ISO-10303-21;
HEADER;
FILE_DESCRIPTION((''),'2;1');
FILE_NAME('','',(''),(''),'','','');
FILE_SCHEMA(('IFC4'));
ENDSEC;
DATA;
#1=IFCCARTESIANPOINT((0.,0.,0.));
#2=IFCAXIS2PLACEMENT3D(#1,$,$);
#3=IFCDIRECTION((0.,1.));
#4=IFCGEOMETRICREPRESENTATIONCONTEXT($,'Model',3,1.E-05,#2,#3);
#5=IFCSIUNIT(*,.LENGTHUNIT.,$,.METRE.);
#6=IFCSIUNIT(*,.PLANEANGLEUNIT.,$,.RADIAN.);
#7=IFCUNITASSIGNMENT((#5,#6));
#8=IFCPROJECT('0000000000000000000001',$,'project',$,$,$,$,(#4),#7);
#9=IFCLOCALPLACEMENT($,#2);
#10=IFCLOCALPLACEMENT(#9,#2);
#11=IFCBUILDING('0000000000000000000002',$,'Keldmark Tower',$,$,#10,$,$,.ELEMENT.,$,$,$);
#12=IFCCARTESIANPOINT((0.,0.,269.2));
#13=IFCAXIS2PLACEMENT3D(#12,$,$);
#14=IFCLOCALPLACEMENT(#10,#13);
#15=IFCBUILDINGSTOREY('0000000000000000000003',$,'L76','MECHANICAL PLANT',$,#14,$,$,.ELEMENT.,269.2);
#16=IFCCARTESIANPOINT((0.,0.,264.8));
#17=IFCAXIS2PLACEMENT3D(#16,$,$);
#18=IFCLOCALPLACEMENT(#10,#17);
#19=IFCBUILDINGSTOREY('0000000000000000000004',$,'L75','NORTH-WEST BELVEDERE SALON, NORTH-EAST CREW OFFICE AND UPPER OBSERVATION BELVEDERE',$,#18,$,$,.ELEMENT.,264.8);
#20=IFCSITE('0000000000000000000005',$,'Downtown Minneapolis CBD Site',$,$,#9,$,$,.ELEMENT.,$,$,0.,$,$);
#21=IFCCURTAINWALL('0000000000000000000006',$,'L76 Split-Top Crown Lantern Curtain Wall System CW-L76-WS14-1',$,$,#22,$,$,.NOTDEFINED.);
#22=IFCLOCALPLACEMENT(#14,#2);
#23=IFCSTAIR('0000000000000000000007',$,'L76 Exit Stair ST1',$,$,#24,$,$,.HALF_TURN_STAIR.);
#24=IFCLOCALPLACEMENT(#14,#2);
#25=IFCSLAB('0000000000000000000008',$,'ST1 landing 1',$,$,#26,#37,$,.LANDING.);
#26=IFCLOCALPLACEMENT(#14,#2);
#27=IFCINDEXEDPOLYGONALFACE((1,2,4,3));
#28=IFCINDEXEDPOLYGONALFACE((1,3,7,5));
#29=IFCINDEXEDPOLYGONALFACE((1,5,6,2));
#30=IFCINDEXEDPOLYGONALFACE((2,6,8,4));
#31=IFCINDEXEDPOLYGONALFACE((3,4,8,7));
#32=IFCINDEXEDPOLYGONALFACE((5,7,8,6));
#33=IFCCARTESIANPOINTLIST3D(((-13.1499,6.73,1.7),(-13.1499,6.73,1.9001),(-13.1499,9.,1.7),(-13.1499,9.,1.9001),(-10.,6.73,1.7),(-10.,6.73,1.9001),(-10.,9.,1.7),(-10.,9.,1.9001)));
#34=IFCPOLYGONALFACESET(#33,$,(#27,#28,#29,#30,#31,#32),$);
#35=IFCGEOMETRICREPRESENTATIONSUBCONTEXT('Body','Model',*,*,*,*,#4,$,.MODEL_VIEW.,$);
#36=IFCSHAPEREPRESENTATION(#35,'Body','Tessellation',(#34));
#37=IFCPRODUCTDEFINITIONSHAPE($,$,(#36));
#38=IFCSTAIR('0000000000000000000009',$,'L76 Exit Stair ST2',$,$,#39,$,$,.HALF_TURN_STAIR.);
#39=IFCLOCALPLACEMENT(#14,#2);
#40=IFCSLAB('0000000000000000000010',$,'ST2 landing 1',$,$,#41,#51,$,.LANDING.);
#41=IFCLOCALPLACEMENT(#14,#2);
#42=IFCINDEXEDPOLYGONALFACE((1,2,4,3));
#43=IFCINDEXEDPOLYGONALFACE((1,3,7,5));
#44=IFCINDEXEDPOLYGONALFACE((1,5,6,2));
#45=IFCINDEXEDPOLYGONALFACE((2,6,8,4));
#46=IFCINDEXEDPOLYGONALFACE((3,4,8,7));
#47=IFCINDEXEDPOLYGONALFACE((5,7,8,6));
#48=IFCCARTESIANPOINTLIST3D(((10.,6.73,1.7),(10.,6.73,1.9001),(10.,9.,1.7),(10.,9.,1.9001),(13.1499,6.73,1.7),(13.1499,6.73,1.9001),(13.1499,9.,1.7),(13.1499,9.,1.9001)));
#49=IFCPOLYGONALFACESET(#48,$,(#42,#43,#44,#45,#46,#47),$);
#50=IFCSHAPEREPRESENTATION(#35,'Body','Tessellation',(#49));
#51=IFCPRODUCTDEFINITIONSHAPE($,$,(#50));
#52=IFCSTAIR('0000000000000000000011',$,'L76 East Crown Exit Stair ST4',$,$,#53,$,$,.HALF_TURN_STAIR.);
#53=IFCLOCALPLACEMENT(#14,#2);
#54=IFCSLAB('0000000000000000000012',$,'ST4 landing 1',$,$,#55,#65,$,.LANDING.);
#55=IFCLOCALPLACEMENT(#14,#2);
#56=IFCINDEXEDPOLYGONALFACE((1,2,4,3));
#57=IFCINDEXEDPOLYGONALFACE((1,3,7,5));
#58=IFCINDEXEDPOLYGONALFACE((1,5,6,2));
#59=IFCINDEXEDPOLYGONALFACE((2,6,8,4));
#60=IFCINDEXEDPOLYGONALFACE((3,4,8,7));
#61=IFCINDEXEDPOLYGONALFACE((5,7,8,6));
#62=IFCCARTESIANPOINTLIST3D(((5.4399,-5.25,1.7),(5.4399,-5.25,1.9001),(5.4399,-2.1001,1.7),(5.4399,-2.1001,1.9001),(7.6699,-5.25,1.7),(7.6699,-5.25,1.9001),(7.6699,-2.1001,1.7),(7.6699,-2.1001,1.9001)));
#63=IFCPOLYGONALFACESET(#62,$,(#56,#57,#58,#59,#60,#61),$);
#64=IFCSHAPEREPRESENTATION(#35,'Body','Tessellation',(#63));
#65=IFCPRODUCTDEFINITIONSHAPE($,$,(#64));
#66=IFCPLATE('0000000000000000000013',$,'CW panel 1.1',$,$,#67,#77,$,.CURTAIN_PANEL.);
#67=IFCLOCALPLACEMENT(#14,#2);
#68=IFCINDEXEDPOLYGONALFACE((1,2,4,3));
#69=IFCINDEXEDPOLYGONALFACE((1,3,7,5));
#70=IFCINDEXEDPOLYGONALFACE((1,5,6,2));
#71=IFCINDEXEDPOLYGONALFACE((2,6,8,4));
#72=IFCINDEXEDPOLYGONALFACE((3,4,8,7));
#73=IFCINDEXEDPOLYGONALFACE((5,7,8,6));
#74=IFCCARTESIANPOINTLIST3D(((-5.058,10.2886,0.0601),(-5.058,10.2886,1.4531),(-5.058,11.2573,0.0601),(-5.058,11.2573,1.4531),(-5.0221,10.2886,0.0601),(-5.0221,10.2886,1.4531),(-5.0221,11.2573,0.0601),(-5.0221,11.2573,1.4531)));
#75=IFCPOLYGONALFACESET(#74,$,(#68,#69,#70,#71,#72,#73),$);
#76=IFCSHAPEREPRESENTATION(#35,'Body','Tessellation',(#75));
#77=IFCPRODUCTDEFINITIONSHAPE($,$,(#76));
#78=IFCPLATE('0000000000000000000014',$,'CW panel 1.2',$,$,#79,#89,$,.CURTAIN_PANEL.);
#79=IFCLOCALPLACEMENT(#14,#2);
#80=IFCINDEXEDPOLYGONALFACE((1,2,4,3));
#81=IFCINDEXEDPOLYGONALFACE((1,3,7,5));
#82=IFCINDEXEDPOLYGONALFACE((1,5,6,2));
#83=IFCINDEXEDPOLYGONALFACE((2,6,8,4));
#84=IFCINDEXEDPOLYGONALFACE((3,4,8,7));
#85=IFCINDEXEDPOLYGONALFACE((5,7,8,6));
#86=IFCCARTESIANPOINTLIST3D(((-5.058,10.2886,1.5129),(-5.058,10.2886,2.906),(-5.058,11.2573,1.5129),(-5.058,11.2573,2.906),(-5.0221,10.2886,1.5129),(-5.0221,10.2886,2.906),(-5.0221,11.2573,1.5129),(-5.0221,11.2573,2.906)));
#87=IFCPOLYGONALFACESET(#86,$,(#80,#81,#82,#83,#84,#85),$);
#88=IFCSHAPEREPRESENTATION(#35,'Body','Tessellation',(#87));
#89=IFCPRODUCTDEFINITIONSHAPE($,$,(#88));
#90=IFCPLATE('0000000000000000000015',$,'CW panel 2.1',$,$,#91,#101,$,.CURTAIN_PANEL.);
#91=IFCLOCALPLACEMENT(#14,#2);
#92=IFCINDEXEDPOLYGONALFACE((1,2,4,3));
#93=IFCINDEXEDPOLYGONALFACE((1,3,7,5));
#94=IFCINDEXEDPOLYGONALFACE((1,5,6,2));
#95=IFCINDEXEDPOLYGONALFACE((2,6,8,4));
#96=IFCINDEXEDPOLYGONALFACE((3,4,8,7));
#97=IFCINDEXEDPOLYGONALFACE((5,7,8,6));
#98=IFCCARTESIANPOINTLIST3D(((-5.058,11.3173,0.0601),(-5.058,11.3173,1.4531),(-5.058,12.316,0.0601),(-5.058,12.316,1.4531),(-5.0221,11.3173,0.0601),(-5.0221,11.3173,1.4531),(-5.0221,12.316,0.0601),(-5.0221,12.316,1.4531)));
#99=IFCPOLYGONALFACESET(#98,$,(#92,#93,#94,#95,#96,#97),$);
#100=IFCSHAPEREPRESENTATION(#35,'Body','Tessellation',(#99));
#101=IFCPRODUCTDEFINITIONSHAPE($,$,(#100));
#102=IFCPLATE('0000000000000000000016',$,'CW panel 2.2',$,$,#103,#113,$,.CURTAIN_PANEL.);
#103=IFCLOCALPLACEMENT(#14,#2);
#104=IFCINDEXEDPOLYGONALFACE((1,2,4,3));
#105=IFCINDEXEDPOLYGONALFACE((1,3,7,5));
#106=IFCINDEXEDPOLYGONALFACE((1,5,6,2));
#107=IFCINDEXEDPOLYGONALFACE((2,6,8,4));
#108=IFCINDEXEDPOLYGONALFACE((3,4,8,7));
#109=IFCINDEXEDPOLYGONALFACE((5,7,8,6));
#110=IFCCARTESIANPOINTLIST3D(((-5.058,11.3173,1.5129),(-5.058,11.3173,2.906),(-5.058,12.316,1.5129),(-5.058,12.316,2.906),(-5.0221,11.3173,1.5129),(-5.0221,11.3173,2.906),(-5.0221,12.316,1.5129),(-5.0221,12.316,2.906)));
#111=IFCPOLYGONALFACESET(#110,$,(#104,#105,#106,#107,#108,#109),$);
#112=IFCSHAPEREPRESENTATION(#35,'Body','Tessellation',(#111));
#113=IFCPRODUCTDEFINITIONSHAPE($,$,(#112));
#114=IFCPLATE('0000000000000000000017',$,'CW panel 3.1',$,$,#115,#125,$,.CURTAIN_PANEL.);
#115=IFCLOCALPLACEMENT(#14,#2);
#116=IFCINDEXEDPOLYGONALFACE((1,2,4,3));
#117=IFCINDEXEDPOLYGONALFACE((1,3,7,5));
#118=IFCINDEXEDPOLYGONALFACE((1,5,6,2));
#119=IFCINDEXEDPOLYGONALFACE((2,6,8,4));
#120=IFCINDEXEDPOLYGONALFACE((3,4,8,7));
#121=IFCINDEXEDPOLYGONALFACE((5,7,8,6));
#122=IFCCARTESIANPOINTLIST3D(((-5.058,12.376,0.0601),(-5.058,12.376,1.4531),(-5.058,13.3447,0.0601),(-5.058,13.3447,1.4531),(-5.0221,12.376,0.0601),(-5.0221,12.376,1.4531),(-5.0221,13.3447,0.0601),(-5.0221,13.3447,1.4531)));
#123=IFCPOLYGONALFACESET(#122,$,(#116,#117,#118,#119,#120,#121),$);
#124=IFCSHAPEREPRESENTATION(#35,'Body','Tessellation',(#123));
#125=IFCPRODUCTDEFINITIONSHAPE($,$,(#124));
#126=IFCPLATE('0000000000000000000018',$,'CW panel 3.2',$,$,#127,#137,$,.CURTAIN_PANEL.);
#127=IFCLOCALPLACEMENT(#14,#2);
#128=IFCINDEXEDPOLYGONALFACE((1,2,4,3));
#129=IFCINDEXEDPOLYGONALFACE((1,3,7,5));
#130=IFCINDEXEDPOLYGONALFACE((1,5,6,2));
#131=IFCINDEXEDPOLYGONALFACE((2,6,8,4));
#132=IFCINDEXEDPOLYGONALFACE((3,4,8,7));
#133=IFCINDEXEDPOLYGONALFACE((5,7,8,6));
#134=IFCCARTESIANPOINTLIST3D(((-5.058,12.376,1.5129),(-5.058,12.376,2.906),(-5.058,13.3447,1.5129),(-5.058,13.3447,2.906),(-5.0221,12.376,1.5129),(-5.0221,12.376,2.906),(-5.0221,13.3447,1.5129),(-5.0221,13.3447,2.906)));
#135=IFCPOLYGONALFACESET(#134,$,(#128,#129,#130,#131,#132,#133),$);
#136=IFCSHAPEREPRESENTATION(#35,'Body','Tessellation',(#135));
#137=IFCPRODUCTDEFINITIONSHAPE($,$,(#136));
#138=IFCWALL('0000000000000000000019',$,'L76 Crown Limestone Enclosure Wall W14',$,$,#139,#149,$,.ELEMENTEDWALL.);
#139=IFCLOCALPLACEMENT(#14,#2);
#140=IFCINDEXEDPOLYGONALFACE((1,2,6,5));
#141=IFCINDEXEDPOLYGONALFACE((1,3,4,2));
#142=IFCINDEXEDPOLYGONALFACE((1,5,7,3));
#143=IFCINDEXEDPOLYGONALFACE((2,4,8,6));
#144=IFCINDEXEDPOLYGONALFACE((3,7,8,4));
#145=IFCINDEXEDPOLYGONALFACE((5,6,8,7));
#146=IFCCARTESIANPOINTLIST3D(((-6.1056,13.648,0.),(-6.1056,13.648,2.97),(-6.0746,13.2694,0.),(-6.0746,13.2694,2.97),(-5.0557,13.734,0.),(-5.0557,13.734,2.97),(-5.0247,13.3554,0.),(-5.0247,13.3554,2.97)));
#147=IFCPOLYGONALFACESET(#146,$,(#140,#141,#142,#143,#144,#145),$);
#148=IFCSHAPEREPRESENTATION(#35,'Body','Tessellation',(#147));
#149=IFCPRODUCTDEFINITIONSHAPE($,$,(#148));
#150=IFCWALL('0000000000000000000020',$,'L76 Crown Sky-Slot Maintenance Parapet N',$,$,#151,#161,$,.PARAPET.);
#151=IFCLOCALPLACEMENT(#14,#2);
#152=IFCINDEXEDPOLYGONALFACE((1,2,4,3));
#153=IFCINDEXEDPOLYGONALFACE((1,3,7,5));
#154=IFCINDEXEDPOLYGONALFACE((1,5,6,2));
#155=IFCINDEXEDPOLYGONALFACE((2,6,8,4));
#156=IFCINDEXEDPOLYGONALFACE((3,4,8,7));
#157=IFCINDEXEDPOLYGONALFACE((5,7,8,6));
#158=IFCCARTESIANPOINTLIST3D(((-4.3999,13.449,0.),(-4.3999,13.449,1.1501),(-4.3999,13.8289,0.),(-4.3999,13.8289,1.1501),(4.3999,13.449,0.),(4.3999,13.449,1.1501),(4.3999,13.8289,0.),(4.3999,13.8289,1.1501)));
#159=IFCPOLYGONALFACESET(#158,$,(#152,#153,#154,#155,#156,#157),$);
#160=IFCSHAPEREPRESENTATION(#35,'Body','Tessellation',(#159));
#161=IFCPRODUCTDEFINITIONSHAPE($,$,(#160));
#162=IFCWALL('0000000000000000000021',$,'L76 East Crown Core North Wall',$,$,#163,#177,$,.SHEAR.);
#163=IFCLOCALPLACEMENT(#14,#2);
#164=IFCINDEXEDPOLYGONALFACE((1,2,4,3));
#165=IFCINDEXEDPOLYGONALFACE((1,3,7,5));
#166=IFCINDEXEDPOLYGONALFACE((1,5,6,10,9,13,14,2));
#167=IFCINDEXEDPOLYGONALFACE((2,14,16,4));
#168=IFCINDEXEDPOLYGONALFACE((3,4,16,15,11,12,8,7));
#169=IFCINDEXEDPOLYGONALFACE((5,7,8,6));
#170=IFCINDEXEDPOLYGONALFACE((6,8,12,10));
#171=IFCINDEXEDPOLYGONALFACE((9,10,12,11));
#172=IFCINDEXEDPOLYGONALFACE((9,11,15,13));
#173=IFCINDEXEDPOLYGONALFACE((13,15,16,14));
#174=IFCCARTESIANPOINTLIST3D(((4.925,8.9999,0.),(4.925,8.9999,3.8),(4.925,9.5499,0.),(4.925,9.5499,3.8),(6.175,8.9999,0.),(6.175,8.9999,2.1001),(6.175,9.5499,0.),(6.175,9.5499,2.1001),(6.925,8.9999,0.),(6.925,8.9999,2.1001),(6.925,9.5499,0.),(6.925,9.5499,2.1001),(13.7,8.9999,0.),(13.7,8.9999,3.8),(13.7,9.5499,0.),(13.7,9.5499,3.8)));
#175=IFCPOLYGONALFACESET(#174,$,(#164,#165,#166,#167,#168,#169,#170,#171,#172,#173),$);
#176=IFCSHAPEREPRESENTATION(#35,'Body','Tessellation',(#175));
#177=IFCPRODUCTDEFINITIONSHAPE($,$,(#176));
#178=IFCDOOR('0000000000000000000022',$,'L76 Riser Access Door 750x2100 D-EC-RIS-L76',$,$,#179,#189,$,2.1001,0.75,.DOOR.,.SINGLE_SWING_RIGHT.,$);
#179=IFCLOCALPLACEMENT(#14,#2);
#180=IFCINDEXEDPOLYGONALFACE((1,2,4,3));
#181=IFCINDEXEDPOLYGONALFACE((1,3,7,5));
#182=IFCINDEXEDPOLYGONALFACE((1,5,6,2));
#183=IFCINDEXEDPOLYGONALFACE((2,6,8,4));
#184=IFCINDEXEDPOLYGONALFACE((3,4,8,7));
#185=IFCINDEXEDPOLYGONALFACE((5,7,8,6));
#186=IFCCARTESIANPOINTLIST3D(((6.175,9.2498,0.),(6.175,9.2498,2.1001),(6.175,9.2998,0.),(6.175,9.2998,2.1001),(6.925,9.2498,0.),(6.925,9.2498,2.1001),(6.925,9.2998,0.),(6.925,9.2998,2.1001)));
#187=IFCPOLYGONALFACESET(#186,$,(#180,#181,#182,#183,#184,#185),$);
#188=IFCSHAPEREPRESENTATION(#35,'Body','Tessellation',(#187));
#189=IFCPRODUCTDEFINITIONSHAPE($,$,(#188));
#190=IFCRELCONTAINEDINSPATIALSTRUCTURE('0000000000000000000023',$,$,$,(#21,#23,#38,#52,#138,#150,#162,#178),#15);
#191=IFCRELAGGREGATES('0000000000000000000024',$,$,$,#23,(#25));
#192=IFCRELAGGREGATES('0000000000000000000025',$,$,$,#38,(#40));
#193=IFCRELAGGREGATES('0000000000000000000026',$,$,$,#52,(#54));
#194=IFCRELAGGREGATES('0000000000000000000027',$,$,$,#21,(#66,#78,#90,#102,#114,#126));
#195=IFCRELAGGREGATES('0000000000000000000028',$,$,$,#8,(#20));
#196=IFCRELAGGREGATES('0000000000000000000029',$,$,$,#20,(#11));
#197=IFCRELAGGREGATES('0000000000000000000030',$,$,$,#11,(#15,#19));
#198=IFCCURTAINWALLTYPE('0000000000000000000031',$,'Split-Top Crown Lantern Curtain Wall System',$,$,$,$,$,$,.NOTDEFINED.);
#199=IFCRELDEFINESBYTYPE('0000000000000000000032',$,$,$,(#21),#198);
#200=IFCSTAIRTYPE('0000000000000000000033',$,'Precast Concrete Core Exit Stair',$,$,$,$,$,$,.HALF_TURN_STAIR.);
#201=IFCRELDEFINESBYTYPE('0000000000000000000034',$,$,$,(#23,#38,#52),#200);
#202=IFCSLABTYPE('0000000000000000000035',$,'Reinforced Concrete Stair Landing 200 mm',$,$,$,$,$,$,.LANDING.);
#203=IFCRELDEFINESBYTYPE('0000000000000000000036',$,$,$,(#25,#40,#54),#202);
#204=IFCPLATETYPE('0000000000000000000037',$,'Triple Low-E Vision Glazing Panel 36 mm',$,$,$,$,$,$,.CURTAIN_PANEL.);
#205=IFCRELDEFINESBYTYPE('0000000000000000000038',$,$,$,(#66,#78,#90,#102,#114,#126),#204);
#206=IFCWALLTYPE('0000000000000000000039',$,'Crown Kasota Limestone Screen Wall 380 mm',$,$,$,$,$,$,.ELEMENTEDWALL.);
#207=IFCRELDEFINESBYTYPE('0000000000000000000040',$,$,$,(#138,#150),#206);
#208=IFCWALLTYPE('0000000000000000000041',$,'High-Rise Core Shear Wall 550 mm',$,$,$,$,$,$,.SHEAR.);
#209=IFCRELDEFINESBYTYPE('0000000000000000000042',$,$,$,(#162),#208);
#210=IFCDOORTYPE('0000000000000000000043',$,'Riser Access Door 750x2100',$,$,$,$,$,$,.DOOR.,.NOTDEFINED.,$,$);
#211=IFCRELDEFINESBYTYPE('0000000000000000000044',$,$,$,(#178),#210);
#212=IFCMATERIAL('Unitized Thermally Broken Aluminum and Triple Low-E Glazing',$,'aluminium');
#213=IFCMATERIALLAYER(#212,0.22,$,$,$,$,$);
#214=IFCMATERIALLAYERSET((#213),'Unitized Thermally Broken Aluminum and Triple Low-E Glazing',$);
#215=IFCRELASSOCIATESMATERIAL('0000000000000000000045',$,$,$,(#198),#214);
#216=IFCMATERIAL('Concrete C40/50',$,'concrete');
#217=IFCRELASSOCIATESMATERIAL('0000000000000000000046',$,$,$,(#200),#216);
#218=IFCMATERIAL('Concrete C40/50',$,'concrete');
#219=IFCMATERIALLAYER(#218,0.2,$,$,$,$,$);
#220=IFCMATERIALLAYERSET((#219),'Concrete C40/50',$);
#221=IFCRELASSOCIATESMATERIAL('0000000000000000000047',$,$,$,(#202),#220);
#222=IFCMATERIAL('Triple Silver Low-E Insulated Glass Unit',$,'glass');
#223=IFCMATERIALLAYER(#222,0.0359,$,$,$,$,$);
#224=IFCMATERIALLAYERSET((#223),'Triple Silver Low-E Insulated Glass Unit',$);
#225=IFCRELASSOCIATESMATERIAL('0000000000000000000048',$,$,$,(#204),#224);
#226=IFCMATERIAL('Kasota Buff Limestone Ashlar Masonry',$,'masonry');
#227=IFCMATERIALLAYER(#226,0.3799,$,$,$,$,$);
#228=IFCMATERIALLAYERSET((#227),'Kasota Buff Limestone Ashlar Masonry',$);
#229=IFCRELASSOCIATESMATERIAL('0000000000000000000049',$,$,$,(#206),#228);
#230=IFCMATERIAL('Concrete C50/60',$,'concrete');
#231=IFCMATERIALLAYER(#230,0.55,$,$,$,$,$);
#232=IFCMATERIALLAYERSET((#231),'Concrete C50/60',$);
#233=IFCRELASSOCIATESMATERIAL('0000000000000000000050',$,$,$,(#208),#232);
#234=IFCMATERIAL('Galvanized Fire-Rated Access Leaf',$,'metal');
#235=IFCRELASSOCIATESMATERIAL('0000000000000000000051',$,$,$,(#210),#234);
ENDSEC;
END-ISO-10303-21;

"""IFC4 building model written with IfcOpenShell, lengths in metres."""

from ifc_helpers import new_model, si_unit, direction, frame, frame_2d, origin, origin_2d, place, context, subcontext, project, spatial, polyline, rectangle, outline, extrude, material, layer, layer_set, type_object, element, fill, aggregate, save


model = new_model("IFC4")

# Units and contexts
model_context = context("Model", 3, precision=1e-05, world=origin(), true_north=direction((0.0, 1.0)))
body_context = subcontext(model_context, "Body", "Model", "MODEL_VIEW")
ifc_project = project(units=[si_unit("LENGTHUNIT", "METRE"), si_unit("PLANEANGLEUNIT", "RADIAN")], contexts=[model_context])

# Site, building, storey
site_placement = place(None, origin())
site = spatial("IfcSite", under=ifc_project, at=site_placement, Name="Downtown Minneapolis CBD Site", CompositionType="ELEMENT", RefElevation=0.0)
building_placement = place(site_placement, origin())
building = spatial("IfcBuilding", under=site, at=building_placement, Name="Keldmark Tower", CompositionType="ELEMENT")
storey_1_placement = place(building_placement, frame((0.0, 0.0, 269.2)))
storey_1 = spatial("IfcBuildingStorey", under=building, at=storey_1_placement, Name="L76", Description="MECHANICAL PLANT", CompositionType="ELEMENT", Elevation=269.2)

# Curtain wall
ifc_material_1 = material(Name="Unitized Thermally Broken Aluminum and Triple Low-E Glazing", Category="aluminium")
ifc_layer_1 = layer(ifc_material_1, 0.22)
ifc_layer_set_1 = layer_set([ifc_layer_1], Name="Unitized Thermally Broken Aluminum and Triple Low-E Glazing")
curtain_wall_type = type_object("IfcCurtainWallType", Name="Split-Top Crown Lantern Curtain Wall System", PredefinedType="NOTDEFINED", material=ifc_layer_set_1)
curtain_wall_placement = place(storey_1_placement, origin())
curtain_wall = element("IfcCurtainWall", 1, at=curtain_wall_placement, inside=storey_1, type_object=curtain_wall_type, Name="L76 Split-Top Crown Lantern Curtain Wall System CW-L76-WS14-1", PredefinedType="NOTDEFINED")

# Shared definitions
storey_2_placement = place(building_placement, frame((0.0, 0.0, 264.8)))
storey_2 = spatial("IfcBuildingStorey", under=building, at=storey_2_placement, Name="L75", Description="NORTH-WEST BELVEDERE SALON, NORTH-EAST CREW OFFICE AND UPPER OBSERVATION BELVEDERE", CompositionType="ELEMENT", Elevation=264.8)

# Stairs, slabs
ifc_material_2 = material(Name="Concrete C40/50", Category="concrete")
stair_type = type_object("IfcStairType", Name="Precast Concrete Core Exit Stair", PredefinedType="HALF_TURN_STAIR", material=ifc_material_2)
stair_1_placement = place(storey_1_placement, origin())
stair_1 = element("IfcStair", 2, at=stair_1_placement, inside=storey_1, type_object=stair_type, Name="L76 Exit Stair ST1", PredefinedType="HALF_TURN_STAIR")
ifc_material_3 = material(Name="Concrete C40/50", Category="concrete")
ifc_layer_2 = layer(ifc_material_3, 0.2)
ifc_layer_set_2 = layer_set([ifc_layer_2], Name="Concrete C40/50")
slab_type_1 = type_object("IfcSlabType", Name="Reinforced Concrete Stair Landing 200 mm", PredefinedType="LANDING", material=ifc_layer_set_2)
slab_1_placement = place(storey_1_placement, frame((0.0, 0.0, 1.7)))
slab_1 = element("IfcSlab", 3, at=slab_1_placement, type_object=slab_type_1, Name="ST1 landing 1", PredefinedType="LANDING", context=body_context, shape_type="SweptSolid", body=[
    extrude(outline(polyline([(-10.0, 6.73), (-10.0, 9.0), (-13.1499, 9.0), (-13.1499, 6.73), (-10.0, 6.73)])), origin(), (0.0, 0.0, 1.0), 0.2002),
])
aggregate(stair_1, [slab_1])
stair_2_placement = place(storey_1_placement, origin())
stair_2 = element("IfcStair", 4, at=stair_2_placement, inside=storey_1, type_object=stair_type, Name="L76 Exit Stair ST2", PredefinedType="HALF_TURN_STAIR")
slab_2_placement = place(storey_1_placement, frame((0.0, 0.0, 1.7)))
slab_2 = element("IfcSlab", 5, at=slab_2_placement, type_object=slab_type_1, Name="ST2 landing 1", PredefinedType="LANDING", context=body_context, shape_type="SweptSolid", body=[
    extrude(outline(polyline([(13.1499, 6.73), (13.1499, 9.0), (10.0, 9.0), (10.0, 6.73), (13.1499, 6.73)])), origin(), (0.0, 0.0, 1.0), 0.2002),
])
aggregate(stair_2, [slab_2])
stair_3_placement = place(storey_1_placement, origin())
stair_3 = element("IfcStair", 6, at=stair_3_placement, inside=storey_1, type_object=stair_type, Name="L76 East Crown Exit Stair ST4", PredefinedType="HALF_TURN_STAIR")
slab_3_placement = place(storey_1_placement, frame((0.0, 0.0, 1.7)))
slab_3 = element("IfcSlab", 7, at=slab_3_placement, type_object=slab_type_1, Name="ST4 landing 1", PredefinedType="LANDING", context=body_context, shape_type="SweptSolid", body=[
    extrude(outline(polyline([(7.6699, -2.1001), (5.4399, -2.1001), (5.4399, -5.25), (7.6699, -5.25), (7.6699, -2.1001)])), origin(), (0.0, 0.0, 1.0), 0.2002),
])
aggregate(stair_3, [slab_3])

# Plates
ifc_material_4 = material(Name="Triple Silver Low-E Insulated Glass Unit", Category="glass")
ifc_layer_3 = layer(ifc_material_4, 0.0359)
ifc_layer_set_3 = layer_set([ifc_layer_3], Name="Triple Silver Low-E Insulated Glass Unit")
plate_type_1 = type_object("IfcPlateType", Name="Triple Low-E Vision Glazing Panel 36 mm", PredefinedType="CURTAIN_PANEL", material=ifc_layer_set_3)
plate_1_placement = place(storey_1_placement, frame((-5.04, 10.7729, 0.0601), z_axis=(0.0, 0.0, 1.0), x_axis=(0.0, 1.0, 0.0)))
plate_1 = element("IfcPlate", 8, at=plate_1_placement, type_object=plate_type_1, Name="CW panel 1.1", PredefinedType="CURTAIN_PANEL", context=body_context, shape_type="SweptSolid", body=[
    extrude(rectangle(XDim=0.9688, YDim=0.0359, at=origin_2d()), origin(), (0.0, 0.0, 1.0), 1.3931),
])
plate_2_placement = place(storey_1_placement, frame((-5.04, 10.7729, 1.5129), z_axis=(0.0, 0.0, 1.0), x_axis=(0.0, 1.0, 0.0)))
plate_2 = element("IfcPlate", 9, at=plate_2_placement, type_object=plate_type_1, Name="CW panel 1.2", PredefinedType="CURTAIN_PANEL", context=body_context, shape_type="SweptSolid", body=[
    extrude(rectangle(XDim=0.9688, YDim=0.0359, at=origin_2d()), origin(), (0.0, 0.0, 1.0), 1.3931),
])
plate_3_placement = place(storey_1_placement, frame((-5.04, 11.8167, 0.0601), z_axis=(0.0, 0.0, 1.0), x_axis=(0.0, 1.0, 0.0)))
plate_3 = element("IfcPlate", 10, at=plate_3_placement, type_object=plate_type_1, Name="CW panel 2.1", PredefinedType="CURTAIN_PANEL", context=body_context, shape_type="SweptSolid", body=[
    extrude(rectangle(XDim=0.9988, YDim=0.0359, at=origin_2d()), origin(), (0.0, 0.0, 1.0), 1.3931),
])
plate_4_placement = place(storey_1_placement, frame((-5.04, 11.8167, 1.5129), z_axis=(0.0, 0.0, 1.0), x_axis=(0.0, 1.0, 0.0)))
plate_4 = element("IfcPlate", 11, at=plate_4_placement, type_object=plate_type_1, Name="CW panel 2.2", PredefinedType="CURTAIN_PANEL", context=body_context, shape_type="SweptSolid", body=[
    extrude(rectangle(XDim=0.9988, YDim=0.0359, at=origin_2d()), origin(), (0.0, 0.0, 1.0), 1.3931),
])
plate_5_placement = place(storey_1_placement, frame((-5.04, 12.8604, 0.0601), z_axis=(0.0, 0.0, 1.0), x_axis=(0.0, 1.0, 0.0)))
plate_5 = element("IfcPlate", 12, at=plate_5_placement, type_object=plate_type_1, Name="CW panel 3.1", PredefinedType="CURTAIN_PANEL", context=body_context, shape_type="SweptSolid", body=[
    extrude(rectangle(XDim=0.9688, YDim=0.0359, at=origin_2d()), origin(), (0.0, 0.0, 1.0), 1.3931),
])
plate_6_placement = place(storey_1_placement, frame((-5.04, 12.8604, 1.5129), z_axis=(0.0, 0.0, 1.0), x_axis=(0.0, 1.0, 0.0)))
plate_6 = element("IfcPlate", 13, at=plate_6_placement, type_object=plate_type_1, Name="CW panel 3.2", PredefinedType="CURTAIN_PANEL", context=body_context, shape_type="SweptSolid", body=[
    extrude(rectangle(XDim=0.9688, YDim=0.0359, at=origin_2d()), origin(), (0.0, 0.0, 1.0), 1.3931),
])
aggregate(curtain_wall, [plate_1, plate_2, plate_3, plate_4, plate_5, plate_6])

# Walls
ifc_material_5 = material(Name="Kasota Buff Limestone Ashlar Masonry", Category="masonry")
ifc_layer_4 = layer(ifc_material_5, 0.3799)
ifc_layer_set_4 = layer_set([ifc_layer_4], Name="Kasota Buff Limestone Ashlar Masonry")
wall_type_1 = type_object("IfcWallType", Name="Crown Kasota Limestone Screen Wall 380 mm", PredefinedType="ELEMENTEDWALL", material=ifc_layer_set_4)
wall_1_placement = place(storey_1_placement, frame((-5.04, 13.5447, 0.0), z_axis=(0.0, 0.0, 1.0), x_axis=(-0.996668, -0.081569, 0.0)))
element("IfcWall", 14, at=wall_1_placement, inside=storey_1, type_object=wall_type_1, Name="L76 Crown Limestone Enclosure Wall W14", PredefinedType="ELEMENTEDWALL", context=body_context, shape_type="SweptSolid", body=[
    extrude(rectangle(XDim=1.0535, YDim=0.3799, at=frame_2d((0.5269, 0.0))), origin(), (0.0, 0.0, 1.0), 2.97),
])
wall_2_placement = place(storey_1_placement, frame((4.3999, 13.6389, 0.0), z_axis=(0.0, 0.0, 1.0), x_axis=(-1.0, 0.0, 0.0)))
element("IfcWall", 15, at=wall_2_placement, inside=storey_1, type_object=wall_type_1, Name="L76 Crown Sky-Slot Maintenance Parapet N", PredefinedType="PARAPET", context=body_context, shape_type="SweptSolid", body=[
    extrude(rectangle(XDim=8.7998, YDim=0.3799, at=frame_2d((4.3999, 0.0))), origin(), (0.0, 0.0, 1.0), 1.1501),
])

# Wall, opening, door
ifc_material_6 = material(Name="Concrete C50/60", Category="concrete")
ifc_layer_5 = layer(ifc_material_6, 0.55)
ifc_layer_set_5 = layer_set([ifc_layer_5], Name="Concrete C50/60")
wall_type_2 = type_object("IfcWallType", Name="High-Rise Core Shear Wall 550 mm", PredefinedType="SHEAR", material=ifc_layer_set_5)
wall_3_placement = place(storey_1_placement, frame((4.925, 9.2749, 0.0), z_axis=(0.0, 0.0, 1.0), x_axis=(1.0, 0.0, 0.0)))
wall_3 = element("IfcWall", 16, at=wall_3_placement, inside=storey_1, type_object=wall_type_2, Name="L76 East Crown Core North Wall", PredefinedType="SHEAR", context=body_context, shape_type="SweptSolid", body=[
    extrude(rectangle(XDim=8.7749, YDim=0.55, at=frame_2d((4.3875, 0.0))), origin(), (0.0, 0.0, 1.0), 3.8),
])
opening_1_placement = place(wall_3_placement, frame((1.25, 0.0, 0.0)))
opening_1 = element("IfcOpeningElement", 17, at=opening_1_placement, cuts=wall_3, PredefinedType="OPENING", context=body_context, shape_type="SweptSolid", body=[
    extrude(rectangle(XDim=0.75, YDim=2.1001, at=frame_2d((0.375, 1.05))), frame((0.0, 0.2849, 0.0), z_axis=(0.0, -1.0, 0.0), x_axis=(1.0, 0.0, 0.0)), (0.0, 0.0, 1.0), 0.5701),
])
ifc_material_7 = material(Name="Galvanized Fire-Rated Access Leaf", Category="metal")
door_type_1 = type_object("IfcDoorType", Name="Riser Access Door 750x2100", OperationType="NOTDEFINED", PredefinedType="DOOR", material=ifc_material_7)
door_1_placement = place(opening_1_placement, origin())
door_1 = element("IfcDoor", 18, at=door_1_placement, inside=storey_1, type_object=door_type_1, Name="L76 Riser Access Door 750x2100 D-EC-RIS-L76", OperationType="SINGLE_SWING_RIGHT", OverallHeight=2.1001, OverallWidth=0.75, PredefinedType="DOOR", context=body_context, shape_type="SweptSolid", body=[
    extrude(rectangle(XDim=0.75, YDim=2.1001, at=frame_2d((0.375, 1.05))), frame((0.0, 0.0249, 0.0), z_axis=(0.0, -1.0, 0.0), x_axis=(1.0, 0.0, 0.0)), (0.0, 0.0, 1.0), 0.05),
])
fill(opening_1, door_1)

save(model, "model.ifc")
